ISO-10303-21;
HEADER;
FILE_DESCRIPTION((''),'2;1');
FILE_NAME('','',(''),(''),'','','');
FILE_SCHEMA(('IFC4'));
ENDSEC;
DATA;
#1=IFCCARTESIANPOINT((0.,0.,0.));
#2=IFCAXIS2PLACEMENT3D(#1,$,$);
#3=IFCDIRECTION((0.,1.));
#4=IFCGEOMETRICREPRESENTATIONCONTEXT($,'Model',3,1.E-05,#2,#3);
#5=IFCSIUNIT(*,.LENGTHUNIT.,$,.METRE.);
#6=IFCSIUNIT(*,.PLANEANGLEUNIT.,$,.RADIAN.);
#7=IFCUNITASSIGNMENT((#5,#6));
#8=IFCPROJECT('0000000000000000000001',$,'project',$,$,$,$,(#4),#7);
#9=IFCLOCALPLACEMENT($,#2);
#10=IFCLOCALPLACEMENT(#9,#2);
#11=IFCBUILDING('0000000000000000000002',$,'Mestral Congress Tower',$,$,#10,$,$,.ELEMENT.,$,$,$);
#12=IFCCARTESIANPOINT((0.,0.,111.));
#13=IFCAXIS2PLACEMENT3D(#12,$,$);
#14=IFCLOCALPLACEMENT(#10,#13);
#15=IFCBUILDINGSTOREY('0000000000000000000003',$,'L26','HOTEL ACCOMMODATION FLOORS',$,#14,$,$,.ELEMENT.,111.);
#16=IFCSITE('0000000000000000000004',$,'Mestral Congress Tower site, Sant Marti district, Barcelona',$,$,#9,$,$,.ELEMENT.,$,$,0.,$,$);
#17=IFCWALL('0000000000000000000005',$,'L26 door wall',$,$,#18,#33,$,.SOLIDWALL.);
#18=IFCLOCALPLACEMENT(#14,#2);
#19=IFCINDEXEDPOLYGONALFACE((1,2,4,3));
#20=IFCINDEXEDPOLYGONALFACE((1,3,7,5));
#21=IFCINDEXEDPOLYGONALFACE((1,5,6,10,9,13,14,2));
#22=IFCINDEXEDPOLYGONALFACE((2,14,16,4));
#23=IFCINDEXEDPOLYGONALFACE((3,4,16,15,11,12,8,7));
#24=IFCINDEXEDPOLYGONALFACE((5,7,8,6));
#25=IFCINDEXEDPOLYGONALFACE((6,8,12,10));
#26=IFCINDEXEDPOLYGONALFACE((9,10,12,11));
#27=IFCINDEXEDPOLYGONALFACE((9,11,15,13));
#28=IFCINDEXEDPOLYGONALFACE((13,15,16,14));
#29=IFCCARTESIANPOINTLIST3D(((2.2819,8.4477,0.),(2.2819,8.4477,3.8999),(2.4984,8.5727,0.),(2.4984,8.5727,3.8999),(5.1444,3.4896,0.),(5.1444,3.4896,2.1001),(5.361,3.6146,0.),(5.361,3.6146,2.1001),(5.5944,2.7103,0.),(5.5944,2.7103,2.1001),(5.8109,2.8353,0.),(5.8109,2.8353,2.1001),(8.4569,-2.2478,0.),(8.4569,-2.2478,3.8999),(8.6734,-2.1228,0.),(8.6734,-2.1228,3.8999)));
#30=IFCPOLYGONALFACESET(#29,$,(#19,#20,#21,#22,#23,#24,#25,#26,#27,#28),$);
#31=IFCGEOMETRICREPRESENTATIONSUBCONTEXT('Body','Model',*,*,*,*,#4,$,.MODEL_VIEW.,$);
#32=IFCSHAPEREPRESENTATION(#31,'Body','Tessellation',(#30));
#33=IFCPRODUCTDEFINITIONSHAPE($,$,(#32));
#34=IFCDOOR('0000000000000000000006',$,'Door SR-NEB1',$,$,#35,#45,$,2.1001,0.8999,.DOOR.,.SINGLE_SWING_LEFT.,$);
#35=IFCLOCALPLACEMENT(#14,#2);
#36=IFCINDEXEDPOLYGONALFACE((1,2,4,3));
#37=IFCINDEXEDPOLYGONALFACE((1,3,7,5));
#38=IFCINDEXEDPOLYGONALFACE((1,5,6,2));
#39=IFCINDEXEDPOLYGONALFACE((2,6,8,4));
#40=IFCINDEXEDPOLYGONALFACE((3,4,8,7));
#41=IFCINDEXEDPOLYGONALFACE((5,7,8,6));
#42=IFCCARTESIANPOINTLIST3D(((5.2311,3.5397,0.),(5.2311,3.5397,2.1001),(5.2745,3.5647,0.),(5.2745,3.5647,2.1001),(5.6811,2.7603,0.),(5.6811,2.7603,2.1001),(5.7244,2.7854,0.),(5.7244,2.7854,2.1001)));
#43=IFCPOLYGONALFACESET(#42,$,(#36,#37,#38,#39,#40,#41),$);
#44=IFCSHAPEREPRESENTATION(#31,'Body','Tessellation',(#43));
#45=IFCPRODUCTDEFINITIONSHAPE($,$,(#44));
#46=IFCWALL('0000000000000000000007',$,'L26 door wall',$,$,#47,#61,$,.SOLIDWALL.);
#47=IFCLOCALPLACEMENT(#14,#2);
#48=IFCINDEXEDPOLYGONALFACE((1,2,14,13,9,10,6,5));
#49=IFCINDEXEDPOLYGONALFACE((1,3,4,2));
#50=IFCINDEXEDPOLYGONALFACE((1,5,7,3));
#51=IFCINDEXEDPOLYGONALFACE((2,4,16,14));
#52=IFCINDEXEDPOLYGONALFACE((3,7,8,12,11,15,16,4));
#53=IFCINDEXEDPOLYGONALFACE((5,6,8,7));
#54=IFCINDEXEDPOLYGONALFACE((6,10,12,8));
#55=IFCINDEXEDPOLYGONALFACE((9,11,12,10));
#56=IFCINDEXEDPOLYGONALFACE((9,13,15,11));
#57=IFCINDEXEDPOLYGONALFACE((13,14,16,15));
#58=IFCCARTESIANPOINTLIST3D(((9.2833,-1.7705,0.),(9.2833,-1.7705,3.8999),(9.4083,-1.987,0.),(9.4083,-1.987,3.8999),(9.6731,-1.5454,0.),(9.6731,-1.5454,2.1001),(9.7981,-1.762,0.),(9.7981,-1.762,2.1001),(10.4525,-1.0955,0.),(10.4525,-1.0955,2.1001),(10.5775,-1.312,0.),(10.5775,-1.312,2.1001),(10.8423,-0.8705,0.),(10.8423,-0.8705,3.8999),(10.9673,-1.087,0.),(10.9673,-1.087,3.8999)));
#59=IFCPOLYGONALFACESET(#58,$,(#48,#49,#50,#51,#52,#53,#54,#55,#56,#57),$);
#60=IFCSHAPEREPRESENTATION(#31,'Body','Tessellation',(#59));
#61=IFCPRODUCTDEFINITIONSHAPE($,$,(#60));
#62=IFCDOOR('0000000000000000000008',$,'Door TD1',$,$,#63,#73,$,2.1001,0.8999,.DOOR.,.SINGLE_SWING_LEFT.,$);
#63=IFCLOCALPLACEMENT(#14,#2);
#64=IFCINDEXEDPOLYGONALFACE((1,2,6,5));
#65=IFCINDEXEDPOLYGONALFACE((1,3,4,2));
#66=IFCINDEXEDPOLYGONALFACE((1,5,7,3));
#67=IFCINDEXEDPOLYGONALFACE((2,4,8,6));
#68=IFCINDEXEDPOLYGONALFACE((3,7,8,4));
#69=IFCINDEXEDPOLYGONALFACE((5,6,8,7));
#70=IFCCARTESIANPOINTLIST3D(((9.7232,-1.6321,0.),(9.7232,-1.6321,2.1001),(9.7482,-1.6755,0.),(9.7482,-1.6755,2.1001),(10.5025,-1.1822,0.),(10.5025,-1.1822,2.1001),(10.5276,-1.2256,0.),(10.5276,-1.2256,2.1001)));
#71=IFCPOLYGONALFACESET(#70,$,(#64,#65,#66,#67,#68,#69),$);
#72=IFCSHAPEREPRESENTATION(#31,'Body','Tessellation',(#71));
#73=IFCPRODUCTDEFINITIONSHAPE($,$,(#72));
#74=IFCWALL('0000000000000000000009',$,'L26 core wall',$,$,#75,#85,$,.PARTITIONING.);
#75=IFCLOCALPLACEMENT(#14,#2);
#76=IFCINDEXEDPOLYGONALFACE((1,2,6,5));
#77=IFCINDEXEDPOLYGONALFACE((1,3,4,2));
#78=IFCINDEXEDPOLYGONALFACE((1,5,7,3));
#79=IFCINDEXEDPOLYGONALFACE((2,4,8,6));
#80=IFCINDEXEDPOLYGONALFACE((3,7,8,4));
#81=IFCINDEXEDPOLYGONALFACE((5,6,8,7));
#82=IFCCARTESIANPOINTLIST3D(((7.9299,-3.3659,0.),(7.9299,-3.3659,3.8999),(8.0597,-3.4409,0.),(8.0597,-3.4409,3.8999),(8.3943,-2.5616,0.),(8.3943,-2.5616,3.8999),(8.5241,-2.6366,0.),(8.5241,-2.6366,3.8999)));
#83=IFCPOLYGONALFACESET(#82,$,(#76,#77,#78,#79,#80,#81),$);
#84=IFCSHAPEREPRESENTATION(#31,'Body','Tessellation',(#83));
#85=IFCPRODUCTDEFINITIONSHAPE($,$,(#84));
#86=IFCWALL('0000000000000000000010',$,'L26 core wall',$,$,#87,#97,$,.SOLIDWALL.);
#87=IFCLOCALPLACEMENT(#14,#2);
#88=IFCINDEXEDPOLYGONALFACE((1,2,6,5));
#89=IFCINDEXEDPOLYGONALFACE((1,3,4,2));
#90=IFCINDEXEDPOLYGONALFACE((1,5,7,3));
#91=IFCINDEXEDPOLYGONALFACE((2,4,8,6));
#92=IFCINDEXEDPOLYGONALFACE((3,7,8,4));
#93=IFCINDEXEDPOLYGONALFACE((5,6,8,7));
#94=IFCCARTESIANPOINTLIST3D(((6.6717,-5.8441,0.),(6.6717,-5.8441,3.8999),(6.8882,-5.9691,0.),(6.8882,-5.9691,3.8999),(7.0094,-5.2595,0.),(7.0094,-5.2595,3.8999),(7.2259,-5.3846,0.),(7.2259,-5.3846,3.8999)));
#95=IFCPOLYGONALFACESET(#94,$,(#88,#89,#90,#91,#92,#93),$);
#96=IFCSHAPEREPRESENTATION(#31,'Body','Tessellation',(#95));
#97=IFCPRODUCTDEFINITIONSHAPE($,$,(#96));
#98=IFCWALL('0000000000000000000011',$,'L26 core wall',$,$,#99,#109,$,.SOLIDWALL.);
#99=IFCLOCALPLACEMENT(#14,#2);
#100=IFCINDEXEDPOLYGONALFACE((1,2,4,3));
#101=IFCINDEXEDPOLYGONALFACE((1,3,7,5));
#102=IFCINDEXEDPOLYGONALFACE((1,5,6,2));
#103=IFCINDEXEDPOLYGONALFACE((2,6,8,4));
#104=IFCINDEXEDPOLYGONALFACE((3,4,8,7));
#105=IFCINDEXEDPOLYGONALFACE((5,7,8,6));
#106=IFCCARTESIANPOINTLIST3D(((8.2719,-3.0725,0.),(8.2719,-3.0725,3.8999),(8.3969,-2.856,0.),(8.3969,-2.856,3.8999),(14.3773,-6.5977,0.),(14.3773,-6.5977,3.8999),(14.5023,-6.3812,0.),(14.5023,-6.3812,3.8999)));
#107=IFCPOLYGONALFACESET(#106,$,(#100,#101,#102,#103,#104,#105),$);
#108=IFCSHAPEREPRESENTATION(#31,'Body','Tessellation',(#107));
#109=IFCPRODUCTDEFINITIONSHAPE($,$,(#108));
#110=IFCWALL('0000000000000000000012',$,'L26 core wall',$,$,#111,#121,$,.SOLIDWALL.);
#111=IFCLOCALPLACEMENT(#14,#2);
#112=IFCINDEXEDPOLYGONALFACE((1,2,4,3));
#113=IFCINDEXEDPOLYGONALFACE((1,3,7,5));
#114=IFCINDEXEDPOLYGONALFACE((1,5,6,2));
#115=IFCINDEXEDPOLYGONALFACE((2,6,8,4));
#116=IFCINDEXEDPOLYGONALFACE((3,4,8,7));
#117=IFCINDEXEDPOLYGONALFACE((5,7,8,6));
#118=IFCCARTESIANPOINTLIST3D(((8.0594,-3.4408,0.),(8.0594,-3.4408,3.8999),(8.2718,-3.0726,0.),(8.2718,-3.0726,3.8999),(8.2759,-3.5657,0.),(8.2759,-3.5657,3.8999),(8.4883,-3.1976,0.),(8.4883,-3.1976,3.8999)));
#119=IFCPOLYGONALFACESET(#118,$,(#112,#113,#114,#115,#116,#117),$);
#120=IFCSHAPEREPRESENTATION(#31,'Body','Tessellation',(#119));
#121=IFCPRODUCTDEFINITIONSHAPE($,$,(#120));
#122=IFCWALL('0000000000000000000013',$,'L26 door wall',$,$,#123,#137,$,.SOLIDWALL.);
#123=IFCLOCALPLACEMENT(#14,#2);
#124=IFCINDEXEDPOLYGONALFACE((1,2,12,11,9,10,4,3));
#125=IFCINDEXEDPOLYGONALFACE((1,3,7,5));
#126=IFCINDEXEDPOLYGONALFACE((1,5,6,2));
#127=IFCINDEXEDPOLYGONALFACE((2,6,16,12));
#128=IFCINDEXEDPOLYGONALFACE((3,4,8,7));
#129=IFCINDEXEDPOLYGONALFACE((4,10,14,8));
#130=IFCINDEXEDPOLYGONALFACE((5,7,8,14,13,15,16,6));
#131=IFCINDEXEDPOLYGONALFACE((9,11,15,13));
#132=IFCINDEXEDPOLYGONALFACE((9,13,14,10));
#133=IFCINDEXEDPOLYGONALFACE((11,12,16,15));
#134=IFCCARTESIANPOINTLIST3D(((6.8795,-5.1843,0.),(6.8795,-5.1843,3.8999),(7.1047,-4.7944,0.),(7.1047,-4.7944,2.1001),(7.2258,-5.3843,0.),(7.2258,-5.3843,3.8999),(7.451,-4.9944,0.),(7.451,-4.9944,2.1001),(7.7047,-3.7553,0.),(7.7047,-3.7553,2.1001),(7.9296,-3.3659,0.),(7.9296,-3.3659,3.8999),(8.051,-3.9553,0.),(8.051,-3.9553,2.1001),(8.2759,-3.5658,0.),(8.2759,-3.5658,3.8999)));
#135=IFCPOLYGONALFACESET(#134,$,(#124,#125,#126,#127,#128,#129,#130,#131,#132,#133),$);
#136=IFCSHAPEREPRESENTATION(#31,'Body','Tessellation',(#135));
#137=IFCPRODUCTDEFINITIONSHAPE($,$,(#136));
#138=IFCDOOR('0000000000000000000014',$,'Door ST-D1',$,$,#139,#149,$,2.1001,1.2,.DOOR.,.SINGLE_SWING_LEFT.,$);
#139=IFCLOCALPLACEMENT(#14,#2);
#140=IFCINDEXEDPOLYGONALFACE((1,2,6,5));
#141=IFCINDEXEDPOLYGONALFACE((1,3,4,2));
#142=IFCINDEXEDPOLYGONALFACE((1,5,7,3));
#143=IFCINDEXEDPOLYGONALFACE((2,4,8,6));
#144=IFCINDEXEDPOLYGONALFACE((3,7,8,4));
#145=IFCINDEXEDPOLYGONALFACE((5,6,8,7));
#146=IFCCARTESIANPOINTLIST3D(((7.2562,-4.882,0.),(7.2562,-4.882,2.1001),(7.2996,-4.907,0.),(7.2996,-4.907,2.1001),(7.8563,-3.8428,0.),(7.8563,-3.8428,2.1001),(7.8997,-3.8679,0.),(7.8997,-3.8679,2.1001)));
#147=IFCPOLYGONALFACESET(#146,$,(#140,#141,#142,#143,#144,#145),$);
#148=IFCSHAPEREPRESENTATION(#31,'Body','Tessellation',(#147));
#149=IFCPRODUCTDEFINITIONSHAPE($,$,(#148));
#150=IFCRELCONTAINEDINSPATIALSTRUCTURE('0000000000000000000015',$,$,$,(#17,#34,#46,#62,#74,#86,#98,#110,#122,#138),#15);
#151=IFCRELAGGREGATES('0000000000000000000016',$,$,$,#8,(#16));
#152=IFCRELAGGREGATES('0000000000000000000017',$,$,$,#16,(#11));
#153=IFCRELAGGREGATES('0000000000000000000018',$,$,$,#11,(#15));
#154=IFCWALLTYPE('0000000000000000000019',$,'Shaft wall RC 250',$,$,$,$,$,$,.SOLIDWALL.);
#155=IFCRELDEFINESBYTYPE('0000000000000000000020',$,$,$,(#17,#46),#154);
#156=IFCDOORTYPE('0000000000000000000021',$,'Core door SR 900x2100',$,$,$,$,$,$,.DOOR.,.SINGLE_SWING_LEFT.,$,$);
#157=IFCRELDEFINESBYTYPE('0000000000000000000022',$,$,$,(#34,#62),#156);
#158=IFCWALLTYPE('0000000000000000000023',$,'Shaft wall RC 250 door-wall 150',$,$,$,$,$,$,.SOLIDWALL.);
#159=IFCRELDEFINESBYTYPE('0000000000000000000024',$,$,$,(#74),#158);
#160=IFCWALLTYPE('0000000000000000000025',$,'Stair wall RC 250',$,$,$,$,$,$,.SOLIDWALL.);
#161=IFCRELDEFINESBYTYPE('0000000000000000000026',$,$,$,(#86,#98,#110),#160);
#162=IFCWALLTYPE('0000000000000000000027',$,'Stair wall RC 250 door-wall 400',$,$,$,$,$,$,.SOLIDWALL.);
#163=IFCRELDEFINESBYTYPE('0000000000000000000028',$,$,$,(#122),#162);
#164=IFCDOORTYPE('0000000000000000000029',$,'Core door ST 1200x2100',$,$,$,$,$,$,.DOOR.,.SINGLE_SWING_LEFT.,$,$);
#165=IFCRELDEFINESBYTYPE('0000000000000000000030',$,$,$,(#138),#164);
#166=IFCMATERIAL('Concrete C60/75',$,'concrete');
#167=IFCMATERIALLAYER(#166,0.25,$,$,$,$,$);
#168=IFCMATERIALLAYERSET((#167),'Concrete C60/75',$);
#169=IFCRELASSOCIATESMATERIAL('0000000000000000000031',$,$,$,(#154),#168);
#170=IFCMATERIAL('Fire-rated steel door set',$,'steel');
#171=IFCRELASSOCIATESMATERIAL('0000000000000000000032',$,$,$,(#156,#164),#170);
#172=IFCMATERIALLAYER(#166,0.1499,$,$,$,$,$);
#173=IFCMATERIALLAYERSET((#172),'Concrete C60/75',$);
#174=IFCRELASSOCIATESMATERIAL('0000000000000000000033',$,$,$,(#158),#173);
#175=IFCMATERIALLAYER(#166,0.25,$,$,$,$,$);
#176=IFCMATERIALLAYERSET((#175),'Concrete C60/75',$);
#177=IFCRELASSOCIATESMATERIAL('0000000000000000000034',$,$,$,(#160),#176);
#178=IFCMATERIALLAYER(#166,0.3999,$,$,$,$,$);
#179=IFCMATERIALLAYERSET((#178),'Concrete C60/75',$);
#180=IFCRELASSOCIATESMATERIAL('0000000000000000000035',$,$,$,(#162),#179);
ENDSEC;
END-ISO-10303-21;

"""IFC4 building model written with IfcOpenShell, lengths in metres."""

from ifc_helpers import new_model, si_unit, direction, frame, frame_2d, origin, place, context, subcontext, project, spatial, rectangle, extrude, material, layer, layer_set, type_object, element, fill, save


model = new_model("IFC4")

# Units and contexts
model_context = context("Model", 3, precision=1e-05, world=origin(), true_north=direction((0.0, 1.0)))
body_context = subcontext(model_context, "Body", "Model", "MODEL_VIEW")
ifc_project = project(units=[si_unit("LENGTHUNIT", "METRE"), si_unit("PLANEANGLEUNIT", "RADIAN")], contexts=[model_context])

# Site, building, storey
site_placement = place(None, origin())
site = spatial("IfcSite", under=ifc_project, at=site_placement, Name="Mestral Congress Tower site, Sant Marti district, Barcelona", CompositionType="ELEMENT", RefElevation=0.0)
building_placement = place(site_placement, origin())
building = spatial("IfcBuilding", under=site, at=building_placement, Name="Mestral Congress Tower", CompositionType="ELEMENT")
storey_placement = place(building_placement, frame((0.0, 0.0, 111.0)))
storey = spatial("IfcBuildingStorey", under=building, at=storey_placement, Name="L26", Description="HOTEL ACCOMMODATION FLOORS", CompositionType="ELEMENT", Elevation=111.0)

# Shared definitions
ifc_material_1 = material(Name="Concrete C60/75", Category="concrete")

# Shared definitions
ifc_layer_1 = layer(ifc_material_1, 0.25)
ifc_layer_set_1 = layer_set([ifc_layer_1], Name="Concrete C60/75")
wall_type_1 = type_object("IfcWallType", Name="Shaft wall RC 250", PredefinedType="SOLIDWALL", material=ifc_layer_set_1)

# Shared definitions
ifc_material_2 = material(Name="Fire-rated steel door set", Category="steel")

# Walls, openings, doors
wall_1_placement = place(storey_placement, frame((8.5652, -2.1853, 0.0), z_axis=(0.0, 0.0, 1.0), x_axis=(-0.499998, 0.866027, 0.0)))
wall_1 = element("IfcWall", 1, at=wall_1_placement, inside=storey, type_object=wall_type_1, Name="L26 door wall", PredefinedType="SOLIDWALL", context=body_context, shape_type="SweptSolid", body=[
    extrude(rectangle(XDim=12.3501, YDim=0.25, at=frame_2d((6.175, 0.0))), origin(), (0.0, 0.0, 1.0), 3.8999),
])
opening_1_placement = place(wall_1_placement, frame((5.7251, 0.0, 0.0)))
opening_1 = element("IfcOpeningElement", 2, at=opening_1_placement, cuts=wall_1, PredefinedType="OPENING", context=body_context, shape_type="SweptSolid", body=[
    extrude(rectangle(XDim=0.8999, YDim=2.1001, at=frame_2d((0.45, 1.05))), frame((0.0, 0.135, 0.0), z_axis=(0.0, -1.0, 0.0), x_axis=(1.0, 0.0, 0.0)), (0.0, 0.0, 1.0), 0.27),
])
door_type_1 = type_object("IfcDoorType", Name="Core door SR 900x2100", OperationType="SINGLE_SWING_LEFT", PredefinedType="DOOR", material=ifc_material_2)
door_1_placement = place(opening_1_placement, origin())
door_1 = element("IfcDoor", 3, at=door_1_placement, inside=storey, type_object=door_type_1, Name="Door SR-NEB1", OperationType="SINGLE_SWING_LEFT", OverallHeight=2.1001, OverallWidth=0.8999, PredefinedType="DOOR", context=body_context, shape_type="SweptSolid", body=[
    extrude(rectangle(XDim=0.8999, YDim=2.1001, at=frame_2d((0.45, 1.05))), frame((0.0, 0.0249, 0.0), z_axis=(0.0, -1.0, 0.0), x_axis=(1.0, 0.0, 0.0)), (0.0, 0.0, 1.0), 0.05),
])
fill(opening_1, door_1)
wall_2_placement = place(storey_placement, frame((9.3459, -1.8787, 0.0), z_axis=(0.0, 0.0, 1.0), x_axis=(0.866048, 0.499961, 0.0)))
wall_2 = element("IfcWall", 4, at=wall_2_placement, inside=storey, type_object=wall_type_1, Name="L26 door wall", PredefinedType="SOLIDWALL", context=body_context, shape_type="SweptSolid", body=[
    extrude(rectangle(XDim=1.8, YDim=0.25, at=frame_2d((0.8999, 0.0))), origin(), (0.0, 0.0, 1.0), 3.8999),
])
opening_2_placement = place(wall_2_placement, frame((0.45, 0.0, 0.0)))
opening_2 = element("IfcOpeningElement", 5, at=opening_2_placement, cuts=wall_2, PredefinedType="OPENING", context=body_context, shape_type="SweptSolid", body=[
    extrude(rectangle(XDim=0.8999, YDim=2.1001, at=frame_2d((0.45, 1.05))), frame((0.0, 0.135, 0.0), z_axis=(0.0, -1.0, 0.0), x_axis=(1.0, 0.0, 0.0)), (0.0, 0.0, 1.0), 0.27),
])
door_2_placement = place(opening_2_placement, origin())
door_2 = element("IfcDoor", 6, at=door_2_placement, inside=storey, type_object=door_type_1, Name="Door TD1", OperationType="SINGLE_SWING_LEFT", OverallHeight=2.1001, OverallWidth=0.8999, PredefinedType="DOOR", context=body_context, shape_type="SweptSolid", body=[
    extrude(rectangle(XDim=0.8999, YDim=2.1001, at=frame_2d((0.45, 1.05))), frame((0.0, 0.0249, 0.0), z_axis=(0.0, -1.0, 0.0), x_axis=(1.0, 0.0, 0.0)), (0.0, 0.0, 1.0), 0.05),
])
fill(opening_2, door_2)

# Walls
ifc_layer_2 = layer(ifc_material_1, 0.1499)
ifc_layer_set_2 = layer_set([ifc_layer_2], Name="Concrete C60/75")
wall_type_2 = type_object("IfcWallType", Name="Shaft wall RC 250 door-wall 150", PredefinedType="SOLIDWALL", material=ifc_layer_set_2)
wall_3_placement = place(storey_placement, frame((8.4592, -2.5991, 0.0), z_axis=(0.0, 0.0, 1.0), x_axis=(-0.500041, -0.866002, 0.0)))
element("IfcWall", 7, at=wall_3_placement, inside=storey, type_object=wall_type_2, Name="L26 core wall", PredefinedType="PARTITIONING", context=body_context, shape_type="SweptSolid", body=[
    extrude(rectangle(XDim=0.9287, YDim=0.1499, at=frame_2d((0.4644, 0.0))), origin(), (0.0, 0.0, 1.0), 3.8999),
])
ifc_layer_3 = layer(ifc_material_1, 0.25)
ifc_layer_set_3 = layer_set([ifc_layer_3], Name="Concrete C60/75")
wall_type_3 = type_object("IfcWallType", Name="Stair wall RC 250", PredefinedType="SOLIDWALL", material=ifc_layer_set_3)
wall_4_placement = place(storey_placement, frame((6.78, -5.9065, 0.0), z_axis=(0.0, 0.0, 1.0), x_axis=(0.500223, 0.865896, 0.0)))
element("IfcWall", 8, at=wall_4_placement, inside=storey, type_object=wall_type_3, Name="L26 core wall", PredefinedType="SOLIDWALL", context=body_context, shape_type="SweptSolid", body=[
    extrude(rectangle(XDim=0.675, YDim=0.25, at=frame_2d((0.3374, 0.0))), origin(), (0.0, 0.0, 1.0), 3.8999),
])
wall_5_placement = place(storey_placement, frame((8.3345, -2.9644, 0.0), z_axis=(0.0, 0.0, 1.0), x_axis=(0.866016, -0.500016, 0.0)))
element("IfcWall", 9, at=wall_5_placement, inside=storey, type_object=wall_type_3, Name="L26 core wall", PredefinedType="SOLIDWALL", context=body_context, shape_type="SweptSolid", body=[
    extrude(rectangle(XDim=7.05, YDim=0.25, at=frame_2d((3.5249, 0.0))), origin(), (0.0, 0.0, 1.0), 3.8999),
])
wall_6_placement = place(storey_placement, frame((8.1677, -3.5032, 0.0), z_axis=(0.0, 0.0, 1.0), x_axis=(0.499722, 0.866186, 0.0)))
element("IfcWall", 10, at=wall_6_placement, inside=storey, type_object=wall_type_3, Name="L26 core wall", PredefinedType="SOLIDWALL", context=body_context, shape_type="SweptSolid", body=[
    extrude(rectangle(XDim=0.425, YDim=0.25, at=frame_2d((0.2124, 0.0))), origin(), (0.0, 0.0, 1.0), 3.8999),
])

# Wall, opening, door
ifc_layer_4 = layer(ifc_material_1, 0.3999)
ifc_layer_set_4 = layer_set([ifc_layer_4], Name="Concrete C60/75")
wall_type_4 = type_object("IfcWallType", Name="Stair wall RC 250 door-wall 400", PredefinedType="SOLIDWALL", material=ifc_layer_set_4)
wall_7_placement = place(storey_placement, frame((7.0527, -5.2842, 0.0), z_axis=(0.0, 0.0, 1.0), x_axis=(0.500078, 0.86598, 0.0)))
wall_7 = element("IfcWall", 11, at=wall_7_placement, inside=storey, type_object=wall_type_4, Name="L26 door wall", PredefinedType="SOLIDWALL", context=body_context, shape_type="SweptSolid", body=[
    extrude(rectangle(XDim=2.0999, YDim=0.3999, at=frame_2d((1.0498, 0.0))), origin(), (0.0, 0.0, 1.0), 3.8999),
])
opening_3_placement = place(wall_7_placement, frame((0.45, 0.0, 0.0)))
opening_3 = element("IfcOpeningElement", 12, at=opening_3_placement, cuts=wall_7, PredefinedType="OPENING", context=body_context, shape_type="SweptSolid", body=[
    extrude(rectangle(XDim=1.2, YDim=2.1001, at=frame_2d((0.6001, 1.05))), frame((0.0, 0.21, 0.0), z_axis=(0.0, -1.0, 0.0), x_axis=(1.0, 0.0, 0.0)), (0.0, 0.0, 1.0), 0.4199),
])
door_type_2 = type_object("IfcDoorType", Name="Core door ST 1200x2100", OperationType="SINGLE_SWING_LEFT", PredefinedType="DOOR", material=ifc_material_2)
door_3_placement = place(opening_3_placement, origin())
door_3 = element("IfcDoor", 13, at=door_3_placement, inside=storey, type_object=door_type_2, Name="Door ST-D1", OperationType="SINGLE_SWING_LEFT", OverallHeight=2.1001, OverallWidth=1.2, PredefinedType="DOOR", context=body_context, shape_type="SweptSolid", body=[
    extrude(rectangle(XDim=1.2, YDim=2.1001, at=frame_2d((0.6001, 1.05))), frame((0.0, 0.0249, 0.0), z_axis=(0.0, -1.0, 0.0), x_axis=(1.0, 0.0, 0.0)), (0.0, 0.0, 1.0), 0.05),
])
fill(opening_3, door_3)

save(model, "model.ifc")
